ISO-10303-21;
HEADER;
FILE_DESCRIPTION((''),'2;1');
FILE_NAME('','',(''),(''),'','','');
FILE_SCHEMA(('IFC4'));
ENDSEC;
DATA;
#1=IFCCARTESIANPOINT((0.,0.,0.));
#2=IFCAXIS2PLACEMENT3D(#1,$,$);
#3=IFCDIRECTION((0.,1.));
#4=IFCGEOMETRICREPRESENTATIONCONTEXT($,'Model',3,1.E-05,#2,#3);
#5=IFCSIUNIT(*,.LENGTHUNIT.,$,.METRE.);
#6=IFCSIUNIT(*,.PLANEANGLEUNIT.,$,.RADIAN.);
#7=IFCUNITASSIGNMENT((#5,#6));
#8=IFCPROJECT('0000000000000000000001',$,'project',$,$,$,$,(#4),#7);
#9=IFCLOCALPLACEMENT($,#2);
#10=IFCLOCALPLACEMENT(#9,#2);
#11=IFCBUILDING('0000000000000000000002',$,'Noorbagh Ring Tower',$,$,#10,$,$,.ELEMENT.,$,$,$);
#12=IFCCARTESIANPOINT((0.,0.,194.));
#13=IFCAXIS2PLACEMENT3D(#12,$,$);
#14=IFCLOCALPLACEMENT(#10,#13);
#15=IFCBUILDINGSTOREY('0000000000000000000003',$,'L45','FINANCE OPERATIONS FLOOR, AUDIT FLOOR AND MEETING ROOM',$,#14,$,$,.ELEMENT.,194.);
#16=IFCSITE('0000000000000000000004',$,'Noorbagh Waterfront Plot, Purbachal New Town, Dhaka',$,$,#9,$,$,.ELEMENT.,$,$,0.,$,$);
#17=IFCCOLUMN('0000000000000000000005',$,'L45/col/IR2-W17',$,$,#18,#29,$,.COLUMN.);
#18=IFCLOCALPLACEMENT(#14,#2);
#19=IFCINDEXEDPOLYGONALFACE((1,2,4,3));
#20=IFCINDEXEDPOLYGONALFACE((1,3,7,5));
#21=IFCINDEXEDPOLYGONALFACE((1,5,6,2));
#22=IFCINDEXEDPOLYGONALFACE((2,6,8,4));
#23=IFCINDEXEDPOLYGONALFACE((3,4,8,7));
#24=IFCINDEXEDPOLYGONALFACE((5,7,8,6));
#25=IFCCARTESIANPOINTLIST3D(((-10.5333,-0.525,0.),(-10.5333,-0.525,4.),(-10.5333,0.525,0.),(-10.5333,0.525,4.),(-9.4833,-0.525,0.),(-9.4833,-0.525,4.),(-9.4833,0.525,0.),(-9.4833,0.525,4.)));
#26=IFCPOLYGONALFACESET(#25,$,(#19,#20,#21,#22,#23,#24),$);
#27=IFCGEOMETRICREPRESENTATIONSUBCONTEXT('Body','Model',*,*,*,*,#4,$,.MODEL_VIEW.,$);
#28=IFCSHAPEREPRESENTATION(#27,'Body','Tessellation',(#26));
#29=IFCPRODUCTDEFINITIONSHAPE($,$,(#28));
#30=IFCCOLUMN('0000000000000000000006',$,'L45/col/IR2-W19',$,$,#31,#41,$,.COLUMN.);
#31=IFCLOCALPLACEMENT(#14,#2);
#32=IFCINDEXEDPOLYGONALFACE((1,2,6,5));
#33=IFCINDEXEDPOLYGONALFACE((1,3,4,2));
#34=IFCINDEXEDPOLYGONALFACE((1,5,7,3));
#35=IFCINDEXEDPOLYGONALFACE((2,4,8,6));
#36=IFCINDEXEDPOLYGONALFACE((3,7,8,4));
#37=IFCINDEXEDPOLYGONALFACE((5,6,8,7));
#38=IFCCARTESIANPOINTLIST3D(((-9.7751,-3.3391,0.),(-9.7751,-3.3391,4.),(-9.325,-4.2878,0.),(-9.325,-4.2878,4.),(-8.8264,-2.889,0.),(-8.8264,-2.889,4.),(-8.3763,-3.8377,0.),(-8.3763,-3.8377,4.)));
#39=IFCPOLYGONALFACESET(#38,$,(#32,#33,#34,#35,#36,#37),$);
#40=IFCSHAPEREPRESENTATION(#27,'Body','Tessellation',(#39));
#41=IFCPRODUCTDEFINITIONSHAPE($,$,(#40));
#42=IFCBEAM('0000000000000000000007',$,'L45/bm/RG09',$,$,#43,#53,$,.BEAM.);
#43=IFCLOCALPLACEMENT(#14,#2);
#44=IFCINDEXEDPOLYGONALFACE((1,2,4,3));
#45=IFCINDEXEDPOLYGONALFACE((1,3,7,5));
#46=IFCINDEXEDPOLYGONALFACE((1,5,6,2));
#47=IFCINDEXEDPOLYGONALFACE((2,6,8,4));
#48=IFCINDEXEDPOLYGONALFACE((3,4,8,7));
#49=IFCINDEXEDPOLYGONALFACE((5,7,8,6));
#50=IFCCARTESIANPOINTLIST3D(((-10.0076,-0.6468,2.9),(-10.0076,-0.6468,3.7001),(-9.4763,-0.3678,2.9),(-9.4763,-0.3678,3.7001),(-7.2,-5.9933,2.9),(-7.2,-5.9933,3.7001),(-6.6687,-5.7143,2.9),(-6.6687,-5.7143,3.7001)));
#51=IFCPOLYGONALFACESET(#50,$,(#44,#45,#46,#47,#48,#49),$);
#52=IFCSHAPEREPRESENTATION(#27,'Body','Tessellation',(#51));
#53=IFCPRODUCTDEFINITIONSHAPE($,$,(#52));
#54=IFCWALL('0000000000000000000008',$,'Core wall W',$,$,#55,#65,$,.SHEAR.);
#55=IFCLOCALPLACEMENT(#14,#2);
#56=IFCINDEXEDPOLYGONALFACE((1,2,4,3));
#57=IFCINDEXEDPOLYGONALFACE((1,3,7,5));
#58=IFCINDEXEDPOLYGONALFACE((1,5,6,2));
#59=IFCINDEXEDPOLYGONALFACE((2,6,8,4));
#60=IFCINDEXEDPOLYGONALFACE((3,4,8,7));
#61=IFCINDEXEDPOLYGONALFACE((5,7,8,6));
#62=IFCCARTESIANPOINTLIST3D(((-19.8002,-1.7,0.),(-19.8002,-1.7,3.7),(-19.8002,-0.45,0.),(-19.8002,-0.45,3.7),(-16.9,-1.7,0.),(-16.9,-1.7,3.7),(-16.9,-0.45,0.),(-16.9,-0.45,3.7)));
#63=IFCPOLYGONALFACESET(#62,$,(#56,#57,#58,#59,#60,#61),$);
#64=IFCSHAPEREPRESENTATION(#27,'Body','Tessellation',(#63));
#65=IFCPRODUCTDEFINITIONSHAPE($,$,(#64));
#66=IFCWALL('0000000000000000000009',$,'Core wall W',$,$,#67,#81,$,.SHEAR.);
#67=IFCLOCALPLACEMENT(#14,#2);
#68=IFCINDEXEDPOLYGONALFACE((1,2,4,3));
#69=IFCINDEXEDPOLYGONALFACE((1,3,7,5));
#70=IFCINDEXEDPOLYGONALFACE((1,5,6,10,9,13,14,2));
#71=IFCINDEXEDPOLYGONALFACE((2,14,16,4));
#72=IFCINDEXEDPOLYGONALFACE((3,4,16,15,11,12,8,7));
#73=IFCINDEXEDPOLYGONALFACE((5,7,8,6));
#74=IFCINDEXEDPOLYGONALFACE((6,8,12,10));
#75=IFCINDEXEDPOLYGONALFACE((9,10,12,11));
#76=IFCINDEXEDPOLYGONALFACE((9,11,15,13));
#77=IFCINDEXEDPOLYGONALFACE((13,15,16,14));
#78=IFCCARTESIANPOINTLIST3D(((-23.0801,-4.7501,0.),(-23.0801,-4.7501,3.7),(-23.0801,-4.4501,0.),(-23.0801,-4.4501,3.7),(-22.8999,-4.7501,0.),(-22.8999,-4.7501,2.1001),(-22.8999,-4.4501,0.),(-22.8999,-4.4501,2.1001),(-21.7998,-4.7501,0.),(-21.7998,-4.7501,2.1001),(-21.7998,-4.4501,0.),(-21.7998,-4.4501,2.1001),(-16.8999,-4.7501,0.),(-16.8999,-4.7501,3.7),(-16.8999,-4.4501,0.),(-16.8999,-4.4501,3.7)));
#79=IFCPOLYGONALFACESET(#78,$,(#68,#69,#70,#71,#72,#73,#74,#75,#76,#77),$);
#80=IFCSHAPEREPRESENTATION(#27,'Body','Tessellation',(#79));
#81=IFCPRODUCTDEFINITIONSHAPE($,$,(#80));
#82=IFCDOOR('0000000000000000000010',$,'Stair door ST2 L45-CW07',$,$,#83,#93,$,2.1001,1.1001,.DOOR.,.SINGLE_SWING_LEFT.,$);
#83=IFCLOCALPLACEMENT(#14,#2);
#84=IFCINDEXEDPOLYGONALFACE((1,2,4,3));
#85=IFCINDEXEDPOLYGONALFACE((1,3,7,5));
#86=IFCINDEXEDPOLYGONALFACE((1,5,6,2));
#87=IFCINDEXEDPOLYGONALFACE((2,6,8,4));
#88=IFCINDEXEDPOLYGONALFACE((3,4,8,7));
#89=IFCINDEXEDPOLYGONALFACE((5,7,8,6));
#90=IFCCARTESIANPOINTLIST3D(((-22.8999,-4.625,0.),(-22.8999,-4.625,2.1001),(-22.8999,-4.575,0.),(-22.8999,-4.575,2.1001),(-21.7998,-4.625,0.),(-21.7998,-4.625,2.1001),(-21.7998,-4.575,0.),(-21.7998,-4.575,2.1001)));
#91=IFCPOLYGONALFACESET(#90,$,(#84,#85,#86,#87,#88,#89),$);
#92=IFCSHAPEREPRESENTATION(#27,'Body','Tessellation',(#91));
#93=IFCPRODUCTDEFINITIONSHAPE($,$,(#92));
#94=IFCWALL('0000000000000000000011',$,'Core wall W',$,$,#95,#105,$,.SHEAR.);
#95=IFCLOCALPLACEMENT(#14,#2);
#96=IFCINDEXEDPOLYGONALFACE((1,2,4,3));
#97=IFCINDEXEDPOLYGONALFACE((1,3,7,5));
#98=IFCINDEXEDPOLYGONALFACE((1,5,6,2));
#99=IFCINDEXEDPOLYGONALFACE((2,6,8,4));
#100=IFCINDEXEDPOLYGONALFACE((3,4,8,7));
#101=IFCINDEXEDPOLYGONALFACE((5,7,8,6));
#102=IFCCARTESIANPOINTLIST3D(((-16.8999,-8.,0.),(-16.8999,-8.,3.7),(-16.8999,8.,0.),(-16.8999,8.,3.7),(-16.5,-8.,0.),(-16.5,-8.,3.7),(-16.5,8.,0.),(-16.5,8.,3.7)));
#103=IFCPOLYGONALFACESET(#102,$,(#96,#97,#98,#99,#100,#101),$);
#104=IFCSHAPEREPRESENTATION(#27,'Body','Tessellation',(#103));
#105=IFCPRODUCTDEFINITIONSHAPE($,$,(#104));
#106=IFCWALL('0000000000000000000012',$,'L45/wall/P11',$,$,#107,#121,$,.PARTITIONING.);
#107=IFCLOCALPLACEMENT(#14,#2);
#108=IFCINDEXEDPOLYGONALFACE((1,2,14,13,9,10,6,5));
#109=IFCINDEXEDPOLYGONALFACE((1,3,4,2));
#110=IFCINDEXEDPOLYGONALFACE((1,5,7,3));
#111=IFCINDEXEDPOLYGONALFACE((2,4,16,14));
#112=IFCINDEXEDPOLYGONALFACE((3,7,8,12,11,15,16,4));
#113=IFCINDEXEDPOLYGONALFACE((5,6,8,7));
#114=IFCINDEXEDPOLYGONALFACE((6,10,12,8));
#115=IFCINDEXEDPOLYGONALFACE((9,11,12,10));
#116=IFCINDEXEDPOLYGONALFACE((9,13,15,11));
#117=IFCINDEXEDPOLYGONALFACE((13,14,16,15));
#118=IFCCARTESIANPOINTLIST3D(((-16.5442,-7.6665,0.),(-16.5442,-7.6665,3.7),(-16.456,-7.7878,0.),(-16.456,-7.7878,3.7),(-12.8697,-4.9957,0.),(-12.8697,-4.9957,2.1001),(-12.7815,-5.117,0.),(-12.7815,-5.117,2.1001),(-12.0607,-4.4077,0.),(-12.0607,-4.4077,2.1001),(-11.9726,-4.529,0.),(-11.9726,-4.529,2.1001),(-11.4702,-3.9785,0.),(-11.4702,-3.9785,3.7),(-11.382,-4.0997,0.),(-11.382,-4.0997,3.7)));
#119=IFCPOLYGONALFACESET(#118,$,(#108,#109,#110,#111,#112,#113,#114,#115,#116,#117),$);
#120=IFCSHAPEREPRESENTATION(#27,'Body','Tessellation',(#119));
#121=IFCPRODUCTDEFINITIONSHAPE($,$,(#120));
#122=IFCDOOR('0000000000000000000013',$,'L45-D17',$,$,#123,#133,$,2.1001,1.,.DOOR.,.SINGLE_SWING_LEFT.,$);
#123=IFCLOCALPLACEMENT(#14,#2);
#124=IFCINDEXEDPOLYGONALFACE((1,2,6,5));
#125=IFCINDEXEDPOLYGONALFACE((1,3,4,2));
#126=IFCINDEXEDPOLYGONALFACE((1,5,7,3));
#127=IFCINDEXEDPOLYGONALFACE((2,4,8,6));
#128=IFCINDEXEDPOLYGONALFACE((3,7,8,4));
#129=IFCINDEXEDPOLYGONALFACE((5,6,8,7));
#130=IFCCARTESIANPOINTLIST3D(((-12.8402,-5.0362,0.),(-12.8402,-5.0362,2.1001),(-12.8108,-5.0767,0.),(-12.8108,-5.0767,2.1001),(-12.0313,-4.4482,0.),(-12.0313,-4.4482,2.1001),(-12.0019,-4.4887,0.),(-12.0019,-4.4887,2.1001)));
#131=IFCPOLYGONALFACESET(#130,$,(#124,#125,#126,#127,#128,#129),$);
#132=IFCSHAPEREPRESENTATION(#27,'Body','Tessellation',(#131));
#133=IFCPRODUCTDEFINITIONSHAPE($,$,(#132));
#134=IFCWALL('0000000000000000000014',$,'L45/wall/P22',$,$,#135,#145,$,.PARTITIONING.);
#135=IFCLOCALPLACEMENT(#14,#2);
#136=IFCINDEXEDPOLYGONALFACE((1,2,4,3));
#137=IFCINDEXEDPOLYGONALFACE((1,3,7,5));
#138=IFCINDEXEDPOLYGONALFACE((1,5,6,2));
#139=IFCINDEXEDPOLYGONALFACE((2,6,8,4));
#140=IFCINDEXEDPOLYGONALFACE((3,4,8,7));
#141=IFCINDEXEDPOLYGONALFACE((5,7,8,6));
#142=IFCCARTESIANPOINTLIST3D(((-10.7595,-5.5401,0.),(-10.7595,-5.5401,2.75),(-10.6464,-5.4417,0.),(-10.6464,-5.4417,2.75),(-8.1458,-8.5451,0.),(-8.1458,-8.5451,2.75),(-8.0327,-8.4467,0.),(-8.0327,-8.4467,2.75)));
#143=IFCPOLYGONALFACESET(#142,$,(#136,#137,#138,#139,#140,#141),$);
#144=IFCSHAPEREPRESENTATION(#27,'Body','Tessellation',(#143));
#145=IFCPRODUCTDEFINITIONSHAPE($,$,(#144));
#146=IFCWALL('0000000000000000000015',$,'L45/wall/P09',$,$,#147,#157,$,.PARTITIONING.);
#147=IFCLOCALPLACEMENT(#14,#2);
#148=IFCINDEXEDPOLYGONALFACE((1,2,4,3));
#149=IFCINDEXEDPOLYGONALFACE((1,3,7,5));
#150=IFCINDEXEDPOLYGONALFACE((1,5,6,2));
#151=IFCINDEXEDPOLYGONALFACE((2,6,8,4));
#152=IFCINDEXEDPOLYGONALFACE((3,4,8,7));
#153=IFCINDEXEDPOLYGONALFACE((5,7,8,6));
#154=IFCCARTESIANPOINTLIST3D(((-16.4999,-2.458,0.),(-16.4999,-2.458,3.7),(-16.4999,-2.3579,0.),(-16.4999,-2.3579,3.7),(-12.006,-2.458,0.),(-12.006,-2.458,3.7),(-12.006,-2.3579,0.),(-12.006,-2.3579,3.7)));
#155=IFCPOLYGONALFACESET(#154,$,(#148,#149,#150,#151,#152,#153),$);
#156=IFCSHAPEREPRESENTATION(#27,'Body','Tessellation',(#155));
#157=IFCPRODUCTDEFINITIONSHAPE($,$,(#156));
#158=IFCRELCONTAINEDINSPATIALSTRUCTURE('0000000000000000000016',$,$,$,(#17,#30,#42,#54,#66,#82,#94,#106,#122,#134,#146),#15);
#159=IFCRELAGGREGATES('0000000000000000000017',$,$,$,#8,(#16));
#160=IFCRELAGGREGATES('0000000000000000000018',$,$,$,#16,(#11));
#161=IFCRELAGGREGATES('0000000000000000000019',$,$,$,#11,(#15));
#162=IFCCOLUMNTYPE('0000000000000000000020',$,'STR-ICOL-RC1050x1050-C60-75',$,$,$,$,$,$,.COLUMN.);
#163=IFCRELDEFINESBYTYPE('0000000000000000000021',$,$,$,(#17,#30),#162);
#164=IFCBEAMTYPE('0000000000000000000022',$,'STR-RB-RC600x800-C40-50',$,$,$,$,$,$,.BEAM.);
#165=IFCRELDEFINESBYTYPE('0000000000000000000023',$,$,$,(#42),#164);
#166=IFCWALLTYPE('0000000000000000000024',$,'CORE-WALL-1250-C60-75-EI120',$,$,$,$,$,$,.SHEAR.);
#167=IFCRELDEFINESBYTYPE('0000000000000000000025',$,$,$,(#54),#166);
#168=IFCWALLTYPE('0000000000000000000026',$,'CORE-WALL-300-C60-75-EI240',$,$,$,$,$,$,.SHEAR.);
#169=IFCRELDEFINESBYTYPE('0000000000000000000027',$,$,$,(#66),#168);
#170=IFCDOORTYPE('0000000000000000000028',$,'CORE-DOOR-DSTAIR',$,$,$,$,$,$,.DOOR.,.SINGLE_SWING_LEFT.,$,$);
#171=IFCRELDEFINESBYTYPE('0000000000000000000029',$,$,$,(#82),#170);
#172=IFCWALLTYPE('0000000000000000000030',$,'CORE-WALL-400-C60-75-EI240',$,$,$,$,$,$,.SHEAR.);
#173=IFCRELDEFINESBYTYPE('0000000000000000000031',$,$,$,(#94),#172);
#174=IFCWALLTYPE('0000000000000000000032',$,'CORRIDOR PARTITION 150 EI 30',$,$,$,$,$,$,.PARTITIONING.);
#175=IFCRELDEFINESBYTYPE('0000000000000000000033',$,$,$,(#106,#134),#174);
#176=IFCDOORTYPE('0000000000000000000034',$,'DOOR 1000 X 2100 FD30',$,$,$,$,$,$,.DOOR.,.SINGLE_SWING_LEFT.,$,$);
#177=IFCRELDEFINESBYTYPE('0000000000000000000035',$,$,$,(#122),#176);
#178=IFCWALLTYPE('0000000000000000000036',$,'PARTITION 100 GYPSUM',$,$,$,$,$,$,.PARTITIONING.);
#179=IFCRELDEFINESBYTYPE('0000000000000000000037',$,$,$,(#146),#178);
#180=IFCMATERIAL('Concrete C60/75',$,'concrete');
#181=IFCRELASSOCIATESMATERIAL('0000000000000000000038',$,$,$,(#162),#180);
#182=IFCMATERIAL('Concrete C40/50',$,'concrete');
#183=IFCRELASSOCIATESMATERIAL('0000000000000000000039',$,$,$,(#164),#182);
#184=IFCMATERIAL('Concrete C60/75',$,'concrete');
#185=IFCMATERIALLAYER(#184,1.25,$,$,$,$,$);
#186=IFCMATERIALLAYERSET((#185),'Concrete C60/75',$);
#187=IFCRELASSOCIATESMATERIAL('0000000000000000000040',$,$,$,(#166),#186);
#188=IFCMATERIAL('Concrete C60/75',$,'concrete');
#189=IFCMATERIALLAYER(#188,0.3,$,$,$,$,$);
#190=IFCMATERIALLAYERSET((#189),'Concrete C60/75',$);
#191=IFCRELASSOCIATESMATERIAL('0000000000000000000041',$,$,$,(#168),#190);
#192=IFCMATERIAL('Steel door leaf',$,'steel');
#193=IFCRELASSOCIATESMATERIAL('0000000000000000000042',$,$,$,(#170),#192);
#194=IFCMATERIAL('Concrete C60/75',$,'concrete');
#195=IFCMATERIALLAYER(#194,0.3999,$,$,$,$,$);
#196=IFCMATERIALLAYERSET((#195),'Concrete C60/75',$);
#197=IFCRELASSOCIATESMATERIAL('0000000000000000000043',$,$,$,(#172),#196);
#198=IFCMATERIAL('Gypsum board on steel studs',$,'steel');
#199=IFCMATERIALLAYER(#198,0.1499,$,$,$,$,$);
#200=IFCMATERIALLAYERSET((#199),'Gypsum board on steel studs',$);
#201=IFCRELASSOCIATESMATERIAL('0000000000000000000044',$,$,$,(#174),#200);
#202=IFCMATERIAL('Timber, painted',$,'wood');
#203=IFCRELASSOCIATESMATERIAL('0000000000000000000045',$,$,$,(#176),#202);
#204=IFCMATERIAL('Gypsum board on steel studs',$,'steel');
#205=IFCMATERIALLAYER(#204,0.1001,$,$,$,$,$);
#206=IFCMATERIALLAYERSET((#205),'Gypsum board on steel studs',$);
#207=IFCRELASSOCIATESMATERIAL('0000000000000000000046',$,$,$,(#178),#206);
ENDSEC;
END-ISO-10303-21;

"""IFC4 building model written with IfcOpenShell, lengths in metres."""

from ifc_helpers import new_model, si_unit, direction, frame, frame_2d, origin, origin_2d, place, context, subcontext, project, spatial, rectangle, extrude, material, layer, layer_set, material_profile, profile_set, type_object, element, fill, save


model = new_model("IFC4")

# Units and contexts
model_context = context("Model", 3, precision=1e-05, world=origin(), true_north=direction((0.0, 1.0)))
body_context = subcontext(model_context, "Body", "Model", "MODEL_VIEW")
ifc_project = project(units=[si_unit("LENGTHUNIT", "METRE"), si_unit("PLANEANGLEUNIT", "RADIAN")], contexts=[model_context])

# Site, building, storey
site_placement = place(None, origin())
site = spatial("IfcSite", under=ifc_project, at=site_placement, Name="Noorbagh Waterfront Plot, Purbachal New Town, Dhaka", CompositionType="ELEMENT", RefElevation=0.0)
building_placement = place(site_placement, origin())
building = spatial("IfcBuilding", under=site, at=building_placement, Name="Noorbagh Ring Tower", CompositionType="ELEMENT")
storey_placement = place(building_placement, frame((0.0, 0.0, 194.0)))
storey = spatial("IfcBuildingStorey", under=building, at=storey_placement, Name="L45", Description="FINANCE OPERATIONS FLOOR, AUDIT FLOOR AND MEETING ROOM", CompositionType="ELEMENT", Elevation=194.0)

# Columns
ifc_material_1 = material(Name="Concrete C60/75", Category="concrete")
ifc_material_profile_1 = material_profile(ifc_material_1, rectangle(XDim=1.05, YDim=1.05, at=origin_2d()), Name="RC1050x1050")
ifc_profile_set_1 = profile_set([ifc_material_profile_1], Name="Concrete C60/75")
column_type = type_object("IfcColumnType", Name="STR-ICOL-RC1050x1050-C60-75", PredefinedType="COLUMN", material=ifc_profile_set_1)
for number, where, z_axis, x_axis, name in (
    (1, (-10.0083, 0.0, 0.0), (0.0, 0.0, 1.0), (0.0, -1.0, 0.0), "L45/col/IR2-W17"),
    (2, (-9.0757, -3.5884, 0.0), (0.0, 0.0, 1.0), (0.428667, -0.903463, 0.0), "L45/col/IR2-W19"),
):
    element("IfcColumn", number, at=place(storey_placement, frame(where, z_axis=z_axis, x_axis=x_axis)), inside=storey, type_object=column_type, Name=name, PredefinedType="COLUMN", context=body_context, shape_type="SweptSolid", body=[
        extrude(rectangle(XDim=1.05, YDim=1.05, at=origin_2d()), origin(), (0.0, 0.0, 1.0), 4.0),
    ])

# Beam
ifc_material_2 = material(Name="Concrete C40/50", Category="concrete")
ifc_material_profile_2 = material_profile(ifc_material_2, rectangle(XDim=0.6001, YDim=0.8, at=origin_2d()), Name="RC600x800")
ifc_profile_set_2 = profile_set([ifc_material_profile_2], Name="Concrete C40/50")
beam_type = type_object("IfcBeamType", Name="STR-RB-RC600x800-C40-50", PredefinedType="BEAM", material=ifc_profile_set_2)
beam_placement = place(storey_placement, frame((-9.7419, -0.5073, 3.3), z_axis=(0.46493, -0.885348, 0.0), x_axis=(0.885348, 0.46493, 0.0)))
element("IfcBeam", 3, at=beam_placement, inside=storey, type_object=beam_type, Name="L45/bm/RG09", PredefinedType="BEAM", context=body_context, shape_type="SweptSolid", body=[
    extrude(rectangle(XDim=0.6001, YDim=0.8, at=origin_2d()), origin(), (0.0, 0.0, 1.0), 6.0388),
])

# Wall
ifc_material_3 = material(Name="Concrete C60/75", Category="concrete")
ifc_layer_1 = layer(ifc_material_3, 1.25)
ifc_layer_set_1 = layer_set([ifc_layer_1], Name="Concrete C60/75")
wall_type_1 = type_object("IfcWallType", Name="CORE-WALL-1250-C60-75-EI120", PredefinedType="SHEAR", material=ifc_layer_set_1)
wall_1_placement = place(storey_placement, frame((-16.8999, -1.075, 0.0), z_axis=(0.0, 0.0, 1.0), x_axis=(-1.0, 0.0, 0.0)))
element("IfcWall", 4, at=wall_1_placement, inside=storey, type_object=wall_type_1, Name="Core wall W", PredefinedType="SHEAR", context=body_context, shape_type="SweptSolid", body=[
    extrude(rectangle(XDim=2.9001, YDim=1.25, at=frame_2d((1.4502, 0.0))), origin(), (0.0, 0.0, 1.0), 3.7),
])

# Wall, opening, door
ifc_material_4 = material(Name="Concrete C60/75", Category="concrete")
ifc_layer_2 = layer(ifc_material_4, 0.3)
ifc_layer_set_2 = layer_set([ifc_layer_2], Name="Concrete C60/75")
wall_type_2 = type_object("IfcWallType", Name="CORE-WALL-300-C60-75-EI240", PredefinedType="SHEAR", material=ifc_layer_set_2)
wall_2_placement = place(storey_placement, frame((-16.8999, -4.6001, 0.0), z_axis=(0.0, 0.0, 1.0), x_axis=(-1.0, 0.0, 0.0)))
wall_2 = element("IfcWall", 5, at=wall_2_placement, inside=storey, type_object=wall_type_2, Name="Core wall W", PredefinedType="SHEAR", context=body_context, shape_type="SweptSolid", body=[
    extrude(rectangle(XDim=6.1802, YDim=0.3, at=frame_2d((3.0901, 0.0))), origin(), (0.0, 0.0, 1.0), 3.7),
])
opening_1_placement = place(wall_2_placement, frame((4.8999, 0.0, 0.0)))
opening_1 = element("IfcOpeningElement", 6, at=opening_1_placement, cuts=wall_2, PredefinedType="OPENING", context=body_context, shape_type="SweptSolid", body=[
    extrude(rectangle(XDim=1.1001, YDim=2.1001, at=frame_2d((0.55, 1.05))), frame((0.0, 0.1602, 0.0), z_axis=(0.0, -1.0, 0.0), x_axis=(1.0, 0.0, 0.0)), (0.0, 0.0, 1.0), 0.3201),
])
ifc_material_5 = material(Name="Steel door leaf", Category="steel")
door_type_1 = type_object("IfcDoorType", Name="CORE-DOOR-DSTAIR", OperationType="SINGLE_SWING_LEFT", PredefinedType="DOOR", material=ifc_material_5)
door_1_placement = place(opening_1_placement, origin())
door_1 = element("IfcDoor", 7, at=door_1_placement, inside=storey, type_object=door_type_1, Name="Stair door ST2 L45-CW07", OperationType="SINGLE_SWING_LEFT", OverallHeight=2.1001, OverallWidth=1.1001, PredefinedType="DOOR", context=body_context, shape_type="SweptSolid", body=[
    extrude(rectangle(XDim=1.1001, YDim=2.1001, at=frame_2d((0.55, 1.05))), frame((0.0, 0.0249, 0.0), z_axis=(0.0, -1.0, 0.0), x_axis=(1.0, 0.0, 0.0)), (0.0, 0.0, 1.0), 0.05),
])
fill(opening_1, door_1)

# Wall
ifc_material_6 = material(Name="Concrete C60/75", Category="concrete")
ifc_layer_3 = layer(ifc_material_6, 0.3999)
ifc_layer_set_3 = layer_set([ifc_layer_3], Name="Concrete C60/75")
wall_type_3 = type_object("IfcWallType", Name="CORE-WALL-400-C60-75-EI240", PredefinedType="SHEAR", material=ifc_layer_set_3)
wall_3_placement = place(storey_placement, frame((-16.7, -8.0, 0.0), z_axis=(0.0, 0.0, 1.0), x_axis=(0.0, 1.0, 0.0)))
element("IfcWall", 8, at=wall_3_placement, inside=storey, type_object=wall_type_3, Name="Core wall W", PredefinedType="SHEAR", context=body_context, shape_type="SweptSolid", body=[
    extrude(rectangle(XDim=16.0, YDim=0.3999, at=frame_2d((8.0, 0.0))), origin(), (0.0, 0.0, 1.0), 3.7),
])

# Wall, opening, door
ifc_material_7 = material(Name="Gypsum board on steel studs", Category="steel")
ifc_layer_4 = layer(ifc_material_7, 0.1499)
ifc_layer_set_4 = layer_set([ifc_layer_4], Name="Gypsum board on steel studs")
wall_type_4 = type_object("IfcWallType", Name="CORRIDOR PARTITION 150 EI 30", PredefinedType="PARTITIONING", material=ifc_layer_set_4)
wall_4_placement = place(storey_placement, frame((-16.5, -7.7271, 0.0), z_axis=(0.0, 0.0, 1.0), x_axis=(0.808901, 0.587945, 0.0)))
wall_4 = element("IfcWall", 9, at=wall_4_placement, inside=storey, type_object=wall_type_4, Name="L45/wall/P11", PredefinedType="PARTITIONING", context=body_context, shape_type="SweptSolid", body=[
    extrude(rectangle(XDim=6.2727, YDim=0.1499, at=frame_2d((3.1362, 0.0))), origin(), (0.0, 0.0, 1.0), 3.7),
])
opening_2_placement = place(wall_4_placement, frame((4.5425, 0.0, 0.0)))
opening_2 = element("IfcOpeningElement", 10, at=opening_2_placement, cuts=wall_4, PredefinedType="OPENING", context=body_context, shape_type="SweptSolid", body=[
    extrude(rectangle(XDim=1.0, YDim=2.1001, at=frame_2d((0.5, 1.05))), frame((0.0, 0.085, 0.0), z_axis=(0.0, -1.0, 0.0), x_axis=(1.0, 0.0, 0.0)), (0.0, 0.0, 1.0), 0.1699),
])
ifc_material_8 = material(Name="Timber, painted", Category="wood")
door_type_2 = type_object("IfcDoorType", Name="DOOR 1000 X 2100 FD30", OperationType="SINGLE_SWING_LEFT", PredefinedType="DOOR", material=ifc_material_8)
door_2_placement = place(opening_2_placement, origin())
door_2 = element("IfcDoor", 11, at=door_2_placement, inside=storey, type_object=door_type_2, Name="L45-D17", OperationType="SINGLE_SWING_LEFT", OverallHeight=2.1001, OverallWidth=1.0, PredefinedType="DOOR", context=body_context, shape_type="SweptSolid", body=[
    extrude(rectangle(XDim=1.0, YDim=2.1001, at=frame_2d((0.5, 1.05))), frame((0.0, 0.0249, 0.0), z_axis=(0.0, -1.0, 0.0), x_axis=(1.0, 0.0, 0.0)), (0.0, 0.0, 1.0), 0.05),
])
fill(opening_2, door_2)

# Walls
wall_5_placement = place(storey_placement, frame((-10.7029, -5.491, 0.0), z_axis=(0.0, 0.0, 1.0), x_axis=(0.656267, -0.754529, 0.0)))
element("IfcWall", 12, at=wall_5_placement, inside=storey, type_object=wall_type_4, Name="L45/wall/P22", PredefinedType="PARTITIONING", context=body_context, shape_type="SweptSolid", body=[
    extrude(rectangle(XDim=3.9827, YDim=0.1499, at=frame_2d((1.9912, 0.0))), origin(), (0.0, 0.0, 1.0), 2.75),
])
ifc_material_9 = material(Name="Gypsum board on steel studs", Category="steel")
ifc_layer_5 = layer(ifc_material_9, 0.1001)
ifc_layer_set_5 = layer_set([ifc_layer_5], Name="Gypsum board on steel studs")
wall_type_5 = type_object("IfcWallType", Name="PARTITION 100 GYPSUM", PredefinedType="PARTITIONING", material=ifc_layer_set_5)
wall_6_placement = place(storey_placement, frame((-16.5, -2.408, 0.0), z_axis=(0.0, 0.0, 1.0), x_axis=(1.0, 0.0, 0.0)))
element("IfcWall", 13, at=wall_6_placement, inside=storey, type_object=wall_type_5, Name="L45/wall/P09", PredefinedType="PARTITIONING", context=body_context, shape_type="SweptSolid", body=[
    extrude(rectangle(XDim=4.4939, YDim=0.1001, at=frame_2d((2.2471, 0.0))), origin(), (0.0, 0.0, 1.0), 3.7),
])

save(model, "model.ifc")
